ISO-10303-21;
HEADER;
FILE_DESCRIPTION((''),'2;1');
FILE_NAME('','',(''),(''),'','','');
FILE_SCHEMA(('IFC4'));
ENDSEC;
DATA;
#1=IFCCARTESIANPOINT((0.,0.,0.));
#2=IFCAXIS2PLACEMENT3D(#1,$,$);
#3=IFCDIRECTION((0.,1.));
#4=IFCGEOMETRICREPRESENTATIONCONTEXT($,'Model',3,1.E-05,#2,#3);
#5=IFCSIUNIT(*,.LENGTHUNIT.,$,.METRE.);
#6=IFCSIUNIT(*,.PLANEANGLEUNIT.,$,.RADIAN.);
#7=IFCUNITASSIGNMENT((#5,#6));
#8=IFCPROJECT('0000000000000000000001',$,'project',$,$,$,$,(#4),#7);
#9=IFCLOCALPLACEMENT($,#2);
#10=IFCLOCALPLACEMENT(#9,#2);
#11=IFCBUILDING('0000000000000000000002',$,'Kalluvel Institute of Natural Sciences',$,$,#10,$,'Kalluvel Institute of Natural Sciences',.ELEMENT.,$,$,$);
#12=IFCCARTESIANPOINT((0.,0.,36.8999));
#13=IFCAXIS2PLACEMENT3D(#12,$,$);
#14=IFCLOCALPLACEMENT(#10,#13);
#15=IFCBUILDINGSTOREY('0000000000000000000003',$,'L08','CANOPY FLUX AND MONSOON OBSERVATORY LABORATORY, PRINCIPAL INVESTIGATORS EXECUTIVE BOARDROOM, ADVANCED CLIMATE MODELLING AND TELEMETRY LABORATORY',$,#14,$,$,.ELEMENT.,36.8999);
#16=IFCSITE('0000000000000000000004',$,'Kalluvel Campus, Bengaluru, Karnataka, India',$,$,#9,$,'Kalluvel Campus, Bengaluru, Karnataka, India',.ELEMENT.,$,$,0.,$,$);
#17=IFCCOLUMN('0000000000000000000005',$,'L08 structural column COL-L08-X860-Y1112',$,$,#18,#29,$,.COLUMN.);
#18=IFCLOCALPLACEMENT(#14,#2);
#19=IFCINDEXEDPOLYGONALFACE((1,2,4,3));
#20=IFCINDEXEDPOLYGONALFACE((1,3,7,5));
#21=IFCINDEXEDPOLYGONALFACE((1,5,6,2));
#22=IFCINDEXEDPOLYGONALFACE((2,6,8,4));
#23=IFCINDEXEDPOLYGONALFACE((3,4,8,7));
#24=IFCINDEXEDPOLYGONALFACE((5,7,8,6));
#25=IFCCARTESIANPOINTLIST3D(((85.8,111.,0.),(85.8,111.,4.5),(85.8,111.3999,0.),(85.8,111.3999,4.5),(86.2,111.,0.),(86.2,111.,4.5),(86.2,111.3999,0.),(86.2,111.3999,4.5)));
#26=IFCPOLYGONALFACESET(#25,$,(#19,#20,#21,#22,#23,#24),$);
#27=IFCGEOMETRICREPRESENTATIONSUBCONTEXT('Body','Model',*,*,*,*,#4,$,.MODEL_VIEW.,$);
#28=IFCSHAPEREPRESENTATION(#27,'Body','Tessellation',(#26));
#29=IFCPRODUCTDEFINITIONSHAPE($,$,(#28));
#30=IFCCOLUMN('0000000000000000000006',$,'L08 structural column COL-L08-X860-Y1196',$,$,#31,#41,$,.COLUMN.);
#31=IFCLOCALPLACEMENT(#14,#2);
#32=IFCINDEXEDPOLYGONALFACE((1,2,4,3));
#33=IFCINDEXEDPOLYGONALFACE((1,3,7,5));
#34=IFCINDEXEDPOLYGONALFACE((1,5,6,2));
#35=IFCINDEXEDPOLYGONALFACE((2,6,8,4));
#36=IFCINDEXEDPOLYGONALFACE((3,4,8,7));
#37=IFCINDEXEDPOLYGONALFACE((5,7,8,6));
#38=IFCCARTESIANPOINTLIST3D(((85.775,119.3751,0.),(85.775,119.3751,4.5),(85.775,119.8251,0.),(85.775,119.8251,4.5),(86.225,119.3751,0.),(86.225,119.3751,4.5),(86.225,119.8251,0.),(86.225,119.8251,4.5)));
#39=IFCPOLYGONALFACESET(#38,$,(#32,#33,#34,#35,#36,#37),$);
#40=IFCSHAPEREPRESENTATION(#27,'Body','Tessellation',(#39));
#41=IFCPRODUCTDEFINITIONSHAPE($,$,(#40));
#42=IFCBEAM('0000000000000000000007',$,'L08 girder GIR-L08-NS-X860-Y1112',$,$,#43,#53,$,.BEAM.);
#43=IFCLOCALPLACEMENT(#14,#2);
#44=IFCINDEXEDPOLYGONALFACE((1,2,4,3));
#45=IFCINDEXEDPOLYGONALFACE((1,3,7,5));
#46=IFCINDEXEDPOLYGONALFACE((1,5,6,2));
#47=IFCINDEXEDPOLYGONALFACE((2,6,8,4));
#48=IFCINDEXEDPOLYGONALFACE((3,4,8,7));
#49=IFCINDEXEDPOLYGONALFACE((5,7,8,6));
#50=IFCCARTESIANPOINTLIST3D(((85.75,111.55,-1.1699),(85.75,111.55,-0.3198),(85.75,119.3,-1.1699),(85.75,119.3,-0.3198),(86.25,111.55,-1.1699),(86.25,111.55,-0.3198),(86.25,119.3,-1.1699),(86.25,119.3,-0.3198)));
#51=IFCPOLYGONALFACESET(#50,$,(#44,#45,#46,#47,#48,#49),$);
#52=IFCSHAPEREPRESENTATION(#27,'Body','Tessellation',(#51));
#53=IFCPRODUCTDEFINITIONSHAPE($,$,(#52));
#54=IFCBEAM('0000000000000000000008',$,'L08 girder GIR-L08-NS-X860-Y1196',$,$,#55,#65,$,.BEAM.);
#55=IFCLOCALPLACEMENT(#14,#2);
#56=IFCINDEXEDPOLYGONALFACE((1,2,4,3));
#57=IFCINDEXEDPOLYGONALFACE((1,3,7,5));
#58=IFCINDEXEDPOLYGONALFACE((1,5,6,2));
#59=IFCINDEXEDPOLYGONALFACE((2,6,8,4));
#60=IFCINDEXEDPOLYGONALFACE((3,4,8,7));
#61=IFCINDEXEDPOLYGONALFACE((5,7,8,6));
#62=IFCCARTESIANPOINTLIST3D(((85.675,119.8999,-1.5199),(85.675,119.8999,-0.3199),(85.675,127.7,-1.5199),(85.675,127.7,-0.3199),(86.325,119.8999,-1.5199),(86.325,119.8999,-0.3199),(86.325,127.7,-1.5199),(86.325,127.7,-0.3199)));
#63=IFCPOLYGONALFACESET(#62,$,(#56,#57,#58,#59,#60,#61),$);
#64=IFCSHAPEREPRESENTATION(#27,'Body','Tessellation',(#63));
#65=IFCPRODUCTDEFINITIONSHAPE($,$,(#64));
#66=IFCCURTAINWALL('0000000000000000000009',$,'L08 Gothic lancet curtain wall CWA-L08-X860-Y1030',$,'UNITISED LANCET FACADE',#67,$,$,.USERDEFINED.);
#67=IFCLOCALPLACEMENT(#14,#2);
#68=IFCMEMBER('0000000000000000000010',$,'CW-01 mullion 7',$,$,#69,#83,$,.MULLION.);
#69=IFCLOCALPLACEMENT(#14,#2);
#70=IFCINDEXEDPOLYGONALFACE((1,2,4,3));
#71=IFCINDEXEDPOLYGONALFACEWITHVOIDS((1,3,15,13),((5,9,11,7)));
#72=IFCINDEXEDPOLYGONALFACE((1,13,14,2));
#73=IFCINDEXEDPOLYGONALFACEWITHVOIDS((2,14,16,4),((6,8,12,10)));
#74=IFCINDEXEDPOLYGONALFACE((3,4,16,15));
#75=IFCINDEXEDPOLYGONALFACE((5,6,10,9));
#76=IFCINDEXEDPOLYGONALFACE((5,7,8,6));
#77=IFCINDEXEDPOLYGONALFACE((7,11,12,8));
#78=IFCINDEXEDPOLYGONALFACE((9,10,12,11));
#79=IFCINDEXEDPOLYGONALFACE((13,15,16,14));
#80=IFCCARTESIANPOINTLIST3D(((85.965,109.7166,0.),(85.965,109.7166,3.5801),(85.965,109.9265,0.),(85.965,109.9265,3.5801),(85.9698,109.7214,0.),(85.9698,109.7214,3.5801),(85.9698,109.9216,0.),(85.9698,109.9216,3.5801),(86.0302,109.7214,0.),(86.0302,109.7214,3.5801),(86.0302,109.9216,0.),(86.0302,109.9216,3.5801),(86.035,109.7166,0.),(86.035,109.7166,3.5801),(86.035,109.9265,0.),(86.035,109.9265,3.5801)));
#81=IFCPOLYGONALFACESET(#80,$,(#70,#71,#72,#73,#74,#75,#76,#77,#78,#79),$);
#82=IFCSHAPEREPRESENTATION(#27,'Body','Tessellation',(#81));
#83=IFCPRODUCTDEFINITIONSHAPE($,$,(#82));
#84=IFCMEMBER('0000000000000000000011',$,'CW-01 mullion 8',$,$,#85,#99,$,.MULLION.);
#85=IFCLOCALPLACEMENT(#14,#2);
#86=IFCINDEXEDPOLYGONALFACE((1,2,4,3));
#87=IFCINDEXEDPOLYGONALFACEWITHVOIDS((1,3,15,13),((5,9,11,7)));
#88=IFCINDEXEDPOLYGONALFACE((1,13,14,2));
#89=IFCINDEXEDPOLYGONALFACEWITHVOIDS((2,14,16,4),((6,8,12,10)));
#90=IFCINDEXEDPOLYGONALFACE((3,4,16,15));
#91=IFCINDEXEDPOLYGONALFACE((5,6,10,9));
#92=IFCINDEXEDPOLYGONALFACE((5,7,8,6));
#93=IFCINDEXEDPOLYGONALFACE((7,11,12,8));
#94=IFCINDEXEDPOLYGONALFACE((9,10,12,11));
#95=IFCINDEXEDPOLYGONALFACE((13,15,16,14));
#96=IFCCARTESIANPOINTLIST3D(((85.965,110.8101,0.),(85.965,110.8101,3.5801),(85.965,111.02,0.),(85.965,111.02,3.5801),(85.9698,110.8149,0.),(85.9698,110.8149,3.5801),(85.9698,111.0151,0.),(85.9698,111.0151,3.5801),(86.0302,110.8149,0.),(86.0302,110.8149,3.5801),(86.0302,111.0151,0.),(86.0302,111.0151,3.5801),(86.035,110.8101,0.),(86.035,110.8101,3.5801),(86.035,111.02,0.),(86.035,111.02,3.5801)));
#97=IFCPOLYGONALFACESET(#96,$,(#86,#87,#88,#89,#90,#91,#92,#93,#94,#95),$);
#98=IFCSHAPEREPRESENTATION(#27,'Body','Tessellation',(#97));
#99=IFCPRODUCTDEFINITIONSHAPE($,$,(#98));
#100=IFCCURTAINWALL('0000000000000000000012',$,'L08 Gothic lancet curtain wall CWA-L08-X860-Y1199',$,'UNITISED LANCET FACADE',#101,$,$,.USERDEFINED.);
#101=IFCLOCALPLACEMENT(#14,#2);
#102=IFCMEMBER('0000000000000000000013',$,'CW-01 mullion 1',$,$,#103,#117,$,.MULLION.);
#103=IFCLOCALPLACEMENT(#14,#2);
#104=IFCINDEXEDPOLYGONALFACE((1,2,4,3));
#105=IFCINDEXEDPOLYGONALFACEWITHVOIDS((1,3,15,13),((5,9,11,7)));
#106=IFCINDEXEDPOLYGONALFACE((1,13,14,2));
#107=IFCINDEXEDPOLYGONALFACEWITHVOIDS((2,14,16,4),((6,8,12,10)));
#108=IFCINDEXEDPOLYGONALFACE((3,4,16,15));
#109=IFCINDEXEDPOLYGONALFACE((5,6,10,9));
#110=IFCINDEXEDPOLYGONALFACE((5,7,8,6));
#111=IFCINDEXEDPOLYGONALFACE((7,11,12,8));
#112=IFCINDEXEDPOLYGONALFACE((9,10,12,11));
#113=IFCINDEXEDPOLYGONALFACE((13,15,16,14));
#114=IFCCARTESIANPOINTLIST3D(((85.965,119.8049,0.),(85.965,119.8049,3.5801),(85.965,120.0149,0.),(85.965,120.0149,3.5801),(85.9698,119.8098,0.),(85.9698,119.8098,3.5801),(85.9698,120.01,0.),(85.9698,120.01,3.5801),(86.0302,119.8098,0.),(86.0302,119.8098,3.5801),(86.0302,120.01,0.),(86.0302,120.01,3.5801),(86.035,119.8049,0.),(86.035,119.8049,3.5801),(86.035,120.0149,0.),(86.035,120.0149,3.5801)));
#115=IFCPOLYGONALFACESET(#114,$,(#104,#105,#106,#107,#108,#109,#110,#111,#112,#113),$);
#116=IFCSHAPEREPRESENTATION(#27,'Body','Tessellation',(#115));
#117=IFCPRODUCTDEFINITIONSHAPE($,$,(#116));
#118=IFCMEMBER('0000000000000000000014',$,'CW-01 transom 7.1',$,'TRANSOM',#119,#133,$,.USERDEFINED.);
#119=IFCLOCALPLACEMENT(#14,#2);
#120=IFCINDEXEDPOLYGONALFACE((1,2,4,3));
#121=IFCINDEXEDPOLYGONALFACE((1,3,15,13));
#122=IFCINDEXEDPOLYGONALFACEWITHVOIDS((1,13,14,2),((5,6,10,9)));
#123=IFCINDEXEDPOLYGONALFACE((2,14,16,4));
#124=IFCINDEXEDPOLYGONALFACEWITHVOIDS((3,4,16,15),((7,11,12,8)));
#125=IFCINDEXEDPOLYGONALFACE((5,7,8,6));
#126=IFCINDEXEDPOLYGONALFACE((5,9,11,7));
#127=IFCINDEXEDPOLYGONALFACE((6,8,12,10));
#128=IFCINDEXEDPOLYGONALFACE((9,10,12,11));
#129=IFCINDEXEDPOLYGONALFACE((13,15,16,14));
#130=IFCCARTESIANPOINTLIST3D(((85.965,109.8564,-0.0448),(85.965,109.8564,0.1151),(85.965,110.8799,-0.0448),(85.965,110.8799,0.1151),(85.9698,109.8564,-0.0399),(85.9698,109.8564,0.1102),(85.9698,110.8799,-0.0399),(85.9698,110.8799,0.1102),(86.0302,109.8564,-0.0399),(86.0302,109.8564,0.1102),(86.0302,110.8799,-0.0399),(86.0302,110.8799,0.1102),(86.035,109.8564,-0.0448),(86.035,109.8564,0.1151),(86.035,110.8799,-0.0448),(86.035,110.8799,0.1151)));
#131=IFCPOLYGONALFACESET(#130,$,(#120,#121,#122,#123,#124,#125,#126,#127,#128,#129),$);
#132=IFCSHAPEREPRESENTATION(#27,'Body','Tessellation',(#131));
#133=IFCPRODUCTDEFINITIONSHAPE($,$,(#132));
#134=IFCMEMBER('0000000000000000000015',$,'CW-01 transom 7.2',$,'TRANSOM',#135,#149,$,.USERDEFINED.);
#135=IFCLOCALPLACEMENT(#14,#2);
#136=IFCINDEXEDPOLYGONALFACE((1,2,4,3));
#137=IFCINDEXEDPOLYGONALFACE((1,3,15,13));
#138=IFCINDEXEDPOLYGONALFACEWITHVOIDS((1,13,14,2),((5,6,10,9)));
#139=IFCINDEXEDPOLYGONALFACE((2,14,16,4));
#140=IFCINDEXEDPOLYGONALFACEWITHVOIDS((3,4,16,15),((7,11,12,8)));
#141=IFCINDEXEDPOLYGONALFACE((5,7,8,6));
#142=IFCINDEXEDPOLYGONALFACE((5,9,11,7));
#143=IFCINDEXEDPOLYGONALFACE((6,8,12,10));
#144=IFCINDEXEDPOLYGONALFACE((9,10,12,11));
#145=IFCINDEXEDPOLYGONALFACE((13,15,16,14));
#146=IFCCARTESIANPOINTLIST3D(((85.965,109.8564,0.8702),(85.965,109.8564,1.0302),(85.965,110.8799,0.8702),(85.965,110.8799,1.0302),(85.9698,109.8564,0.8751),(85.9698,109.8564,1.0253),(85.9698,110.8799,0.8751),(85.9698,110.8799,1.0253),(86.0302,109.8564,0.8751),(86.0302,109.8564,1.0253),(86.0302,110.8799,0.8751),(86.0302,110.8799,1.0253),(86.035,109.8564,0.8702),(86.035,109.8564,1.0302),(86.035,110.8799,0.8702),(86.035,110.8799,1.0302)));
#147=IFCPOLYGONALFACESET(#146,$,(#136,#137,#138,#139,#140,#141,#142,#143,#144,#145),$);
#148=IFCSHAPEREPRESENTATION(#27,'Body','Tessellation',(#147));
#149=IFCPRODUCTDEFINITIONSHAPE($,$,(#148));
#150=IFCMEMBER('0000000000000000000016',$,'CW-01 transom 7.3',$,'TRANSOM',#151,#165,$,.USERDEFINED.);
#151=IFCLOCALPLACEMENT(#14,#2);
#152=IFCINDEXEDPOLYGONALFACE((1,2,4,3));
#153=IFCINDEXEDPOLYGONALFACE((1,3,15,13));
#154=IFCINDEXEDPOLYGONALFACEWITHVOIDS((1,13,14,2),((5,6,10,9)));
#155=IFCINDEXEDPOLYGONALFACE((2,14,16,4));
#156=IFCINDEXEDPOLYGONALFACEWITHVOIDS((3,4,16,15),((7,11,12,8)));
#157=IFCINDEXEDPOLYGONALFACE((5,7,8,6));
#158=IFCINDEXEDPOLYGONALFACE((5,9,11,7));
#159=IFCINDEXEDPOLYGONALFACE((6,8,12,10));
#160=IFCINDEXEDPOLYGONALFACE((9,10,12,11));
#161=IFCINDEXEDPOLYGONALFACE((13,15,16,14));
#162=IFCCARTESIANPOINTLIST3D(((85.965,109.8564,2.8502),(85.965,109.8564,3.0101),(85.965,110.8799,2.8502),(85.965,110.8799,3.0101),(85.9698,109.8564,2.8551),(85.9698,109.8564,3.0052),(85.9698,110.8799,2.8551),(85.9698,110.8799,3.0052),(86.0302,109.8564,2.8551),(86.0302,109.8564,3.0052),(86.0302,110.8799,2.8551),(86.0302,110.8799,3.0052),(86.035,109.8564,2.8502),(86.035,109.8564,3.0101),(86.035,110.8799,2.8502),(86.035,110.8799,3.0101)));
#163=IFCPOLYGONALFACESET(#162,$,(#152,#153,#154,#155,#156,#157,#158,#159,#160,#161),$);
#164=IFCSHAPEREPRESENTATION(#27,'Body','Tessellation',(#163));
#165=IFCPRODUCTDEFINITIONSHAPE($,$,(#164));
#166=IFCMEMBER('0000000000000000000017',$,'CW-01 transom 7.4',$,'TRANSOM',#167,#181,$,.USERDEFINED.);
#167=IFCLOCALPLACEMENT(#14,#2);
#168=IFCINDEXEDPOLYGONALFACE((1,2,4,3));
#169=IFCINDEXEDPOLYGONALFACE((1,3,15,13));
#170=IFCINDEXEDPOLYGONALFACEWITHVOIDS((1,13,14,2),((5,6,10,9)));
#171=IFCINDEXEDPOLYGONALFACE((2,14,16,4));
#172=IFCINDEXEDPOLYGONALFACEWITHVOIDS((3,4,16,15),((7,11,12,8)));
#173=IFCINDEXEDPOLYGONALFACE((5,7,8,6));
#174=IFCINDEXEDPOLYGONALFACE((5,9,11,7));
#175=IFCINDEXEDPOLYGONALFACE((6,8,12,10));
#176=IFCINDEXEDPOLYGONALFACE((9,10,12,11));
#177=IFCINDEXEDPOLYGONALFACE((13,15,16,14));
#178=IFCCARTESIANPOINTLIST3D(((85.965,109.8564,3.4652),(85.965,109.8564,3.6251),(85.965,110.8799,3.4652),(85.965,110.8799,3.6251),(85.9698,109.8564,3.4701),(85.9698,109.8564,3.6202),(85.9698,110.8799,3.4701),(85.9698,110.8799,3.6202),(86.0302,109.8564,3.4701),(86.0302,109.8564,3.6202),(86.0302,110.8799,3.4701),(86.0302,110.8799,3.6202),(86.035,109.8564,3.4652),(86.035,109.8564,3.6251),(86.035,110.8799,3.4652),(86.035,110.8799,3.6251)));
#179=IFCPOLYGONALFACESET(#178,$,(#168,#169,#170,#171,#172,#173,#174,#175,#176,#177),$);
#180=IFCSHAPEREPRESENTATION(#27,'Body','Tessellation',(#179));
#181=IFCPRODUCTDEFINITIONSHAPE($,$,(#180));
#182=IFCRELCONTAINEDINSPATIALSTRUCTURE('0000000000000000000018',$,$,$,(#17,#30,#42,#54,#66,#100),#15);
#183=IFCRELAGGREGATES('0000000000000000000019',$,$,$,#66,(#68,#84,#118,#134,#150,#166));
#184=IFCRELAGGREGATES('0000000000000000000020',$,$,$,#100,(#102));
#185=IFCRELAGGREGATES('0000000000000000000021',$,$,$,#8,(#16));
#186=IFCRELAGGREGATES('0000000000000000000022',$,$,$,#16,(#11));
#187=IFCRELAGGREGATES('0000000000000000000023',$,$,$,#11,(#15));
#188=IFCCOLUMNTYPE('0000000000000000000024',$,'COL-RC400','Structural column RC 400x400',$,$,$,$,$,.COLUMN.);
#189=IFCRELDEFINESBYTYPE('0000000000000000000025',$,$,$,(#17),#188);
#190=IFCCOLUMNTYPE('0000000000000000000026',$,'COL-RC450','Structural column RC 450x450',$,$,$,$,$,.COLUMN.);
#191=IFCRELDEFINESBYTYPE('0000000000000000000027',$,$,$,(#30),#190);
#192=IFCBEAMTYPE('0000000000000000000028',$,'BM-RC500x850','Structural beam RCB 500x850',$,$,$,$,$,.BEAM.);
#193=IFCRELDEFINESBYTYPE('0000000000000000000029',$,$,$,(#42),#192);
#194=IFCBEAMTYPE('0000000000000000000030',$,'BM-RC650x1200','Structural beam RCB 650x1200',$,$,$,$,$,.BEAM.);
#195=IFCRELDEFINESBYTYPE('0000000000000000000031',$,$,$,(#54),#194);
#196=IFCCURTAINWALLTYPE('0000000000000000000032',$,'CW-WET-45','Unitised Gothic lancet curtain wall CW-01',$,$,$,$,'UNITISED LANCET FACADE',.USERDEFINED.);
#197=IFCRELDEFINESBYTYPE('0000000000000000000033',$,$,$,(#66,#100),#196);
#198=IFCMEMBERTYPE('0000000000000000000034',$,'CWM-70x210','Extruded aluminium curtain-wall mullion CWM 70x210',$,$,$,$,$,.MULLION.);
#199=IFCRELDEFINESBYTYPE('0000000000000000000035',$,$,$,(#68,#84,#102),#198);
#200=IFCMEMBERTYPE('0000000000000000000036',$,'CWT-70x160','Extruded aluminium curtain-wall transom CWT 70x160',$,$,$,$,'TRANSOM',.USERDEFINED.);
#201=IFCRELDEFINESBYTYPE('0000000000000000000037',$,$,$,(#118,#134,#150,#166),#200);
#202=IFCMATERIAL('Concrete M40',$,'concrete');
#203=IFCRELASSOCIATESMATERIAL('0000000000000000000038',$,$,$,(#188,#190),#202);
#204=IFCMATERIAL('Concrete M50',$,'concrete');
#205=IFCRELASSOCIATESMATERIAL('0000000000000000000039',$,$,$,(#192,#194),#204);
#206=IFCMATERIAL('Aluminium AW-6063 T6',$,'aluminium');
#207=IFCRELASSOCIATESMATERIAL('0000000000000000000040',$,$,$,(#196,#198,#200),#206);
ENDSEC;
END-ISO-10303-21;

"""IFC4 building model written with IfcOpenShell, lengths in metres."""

from ifc_helpers import new_model, si_unit, direction, frame, origin, origin_2d, place, context, subcontext, project, spatial, rectangle, hollow_rectangle, extrude, material, material_profile, profile_set, type_object, element, aggregate, save


model = new_model("IFC4")

# Units and contexts
model_context = context("Model", 3, precision=1e-05, world=origin(), true_north=direction((0.0, 1.0)))
body_context = subcontext(model_context, "Body", "Model", "MODEL_VIEW")
ifc_project = project(units=[si_unit("LENGTHUNIT", "METRE"), si_unit("PLANEANGLEUNIT", "RADIAN")], contexts=[model_context])

# Site, building, storey
site_placement = place(None, origin())
site = spatial("IfcSite", under=ifc_project, at=site_placement, Name="Kalluvel Campus, Bengaluru, Karnataka, India", LongName="Kalluvel Campus, Bengaluru, Karnataka, India", CompositionType="ELEMENT", RefElevation=0.0)
building_placement = place(site_placement, origin())
building = spatial("IfcBuilding", under=site, at=building_placement, Name="Kalluvel Institute of Natural Sciences", LongName="Kalluvel Institute of Natural Sciences", CompositionType="ELEMENT")
storey_placement = place(building_placement, frame((0.0, 0.0, 36.8999)))
storey = spatial("IfcBuildingStorey", under=building, at=storey_placement, Name="L08", Description="CANOPY FLUX AND MONSOON OBSERVATORY LABORATORY, PRINCIPAL INVESTIGATORS EXECUTIVE BOARDROOM, ADVANCED CLIMATE MODELLING AND TELEMETRY LABORATORY", CompositionType="ELEMENT", Elevation=36.8999)

# Columns
ifc_material_1 = material(Name="Concrete M40", Category="concrete")
ifc_material_profile_1 = material_profile(ifc_material_1, rectangle(XDim=0.3999, YDim=0.3999, at=origin_2d()), Name="RC 400x400")
ifc_profile_set_1 = profile_set([ifc_material_profile_1], Name="Concrete M40")
column_type_1 = type_object("IfcColumnType", Name="COL-RC400", Description="Structural column RC 400x400", PredefinedType="COLUMN", material=ifc_profile_set_1)
column_1_placement = place(storey_placement, frame((86.0, 111.2, 0.0), z_axis=(0.0, 0.0, 1.0), x_axis=(1.0, 0.0, 0.0)))
element("IfcColumn", 1, at=column_1_placement, inside=storey, type_object=column_type_1, Name="L08 structural column COL-L08-X860-Y1112", PredefinedType="COLUMN", context=body_context, shape_type="SweptSolid", body=[
    extrude(rectangle(XDim=0.3999, YDim=0.3999, at=origin_2d()), origin(), (0.0, 0.0, 1.0), 4.5),
])
ifc_material_profile_2 = material_profile(ifc_material_1, rectangle(XDim=0.45, YDim=0.45, at=origin_2d()), Name="RC 450x450")
ifc_profile_set_2 = profile_set([ifc_material_profile_2], Name="Concrete M40")
column_type_2 = type_object("IfcColumnType", Name="COL-RC450", Description="Structural column RC 450x450", PredefinedType="COLUMN", material=ifc_profile_set_2)
column_2_placement = place(storey_placement, frame((86.0, 119.6001, 0.0), z_axis=(0.0, 0.0, 1.0), x_axis=(1.0, 0.0, 0.0)))
element("IfcColumn", 2, at=column_2_placement, inside=storey, type_object=column_type_2, Name="L08 structural column COL-L08-X860-Y1196", PredefinedType="COLUMN", context=body_context, shape_type="SweptSolid", body=[
    extrude(rectangle(XDim=0.45, YDim=0.45, at=origin_2d()), origin(), (0.0, 0.0, 1.0), 4.5),
])

# Beams
ifc_material_2 = material(Name="Concrete M50", Category="concrete")
ifc_material_profile_3 = material_profile(ifc_material_2, rectangle(XDim=0.5, YDim=0.8501, at=origin_2d()), Name="RCB 500x850")
ifc_profile_set_3 = profile_set([ifc_material_profile_3], Name="Concrete M50")
beam_type_1 = type_object("IfcBeamType", Name="BM-RC500x850", Description="Structural beam RCB 500x850", PredefinedType="BEAM", material=ifc_profile_set_3)
beam_1_placement = place(storey_placement, frame((86.0, 111.55, -0.7449), z_axis=(0.0, 1.0, 0.0), x_axis=(-1.0, 0.0, 0.0)))
element("IfcBeam", 3, at=beam_1_placement, inside=storey, type_object=beam_type_1, Name="L08 girder GIR-L08-NS-X860-Y1112", PredefinedType="BEAM", context=body_context, shape_type="SweptSolid", body=[
    extrude(rectangle(XDim=0.5, YDim=0.8501, at=origin_2d()), origin(), (0.0, 0.0, 1.0), 7.75),
])
ifc_material_profile_4 = material_profile(ifc_material_2, rectangle(XDim=0.6499, YDim=1.2, at=origin_2d()), Name="RCB 650x1200")
ifc_profile_set_4 = profile_set([ifc_material_profile_4], Name="Concrete M50")
beam_type_2 = type_object("IfcBeamType", Name="BM-RC650x1200", Description="Structural beam RCB 650x1200", PredefinedType="BEAM", material=ifc_profile_set_4)
beam_2_placement = place(storey_placement, frame((86.0, 119.8999, -0.9199), z_axis=(0.0, 1.0, 0.0), x_axis=(-1.0, 0.0, 0.0)))
element("IfcBeam", 4, at=beam_2_placement, inside=storey, type_object=beam_type_2, Name="L08 girder GIR-L08-NS-X860-Y1196", PredefinedType="BEAM", context=body_context, shape_type="SweptSolid", body=[
    extrude(rectangle(XDim=0.6499, YDim=1.2, at=origin_2d()), origin(), (0.0, 0.0, 1.0), 7.8),
])

# Curtain wall, members
ifc_material_3 = material(Name="Aluminium AW-6063 T6", Category="aluminium")
curtain_wall_type = type_object("IfcCurtainWallType", Name="CW-WET-45", Description="Unitised Gothic lancet curtain wall CW-01", ElementType="UNITISED LANCET FACADE", PredefinedType="USERDEFINED", material=ifc_material_3)
curtain_wall_1_placement = place(storey_placement, origin())
curtain_wall_1 = element("IfcCurtainWall", 5, at=curtain_wall_1_placement, inside=storey, type_object=curtain_wall_type, Name="L08 Gothic lancet curtain wall CWA-L08-X860-Y1030", ObjectType="UNITISED LANCET FACADE", PredefinedType="USERDEFINED")
ifc_material_profile_5 = material_profile(ifc_material_3, hollow_rectangle(XDim=0.0701, YDim=0.21, WallThickness=0.0049, at=origin_2d()), Name="CWM 70x210")
ifc_profile_set_5 = profile_set([ifc_material_profile_5], Name="Aluminium AW-6063 T6")
member_type_1 = type_object("IfcMemberType", Name="CWM-70x210", Description="Extruded aluminium curtain-wall mullion CWM 70x210", PredefinedType="MULLION", material=ifc_profile_set_5)
member_1_placement = place(storey_placement, frame((86.0, 109.8215, 0.0), z_axis=(0.0, 0.0, 1.0), x_axis=(-1.0, 0.0, 0.0)))
member_1 = element("IfcMember", 6, at=member_1_placement, type_object=member_type_1, Name="CW-01 mullion 7", PredefinedType="MULLION", context=body_context, shape_type="SweptSolid", body=[
    extrude(hollow_rectangle(XDim=0.0701, YDim=0.21, WallThickness=0.0049, at=origin_2d()), origin(), (0.0, 0.0, 1.0), 3.5801),
])
member_2_placement = place(storey_placement, frame((86.0, 110.915, 0.0), z_axis=(0.0, 0.0, 1.0), x_axis=(-1.0, 0.0, 0.0)))
member_2 = element("IfcMember", 7, at=member_2_placement, type_object=member_type_1, Name="CW-01 mullion 8", PredefinedType="MULLION", context=body_context, shape_type="SweptSolid", body=[
    extrude(hollow_rectangle(XDim=0.0701, YDim=0.21, WallThickness=0.0049, at=origin_2d()), origin(), (0.0, 0.0, 1.0), 3.5801),
])

# Curtain wall, member
curtain_wall_2_placement = place(storey_placement, origin())
curtain_wall_2 = element("IfcCurtainWall", 8, at=curtain_wall_2_placement, inside=storey, type_object=curtain_wall_type, Name="L08 Gothic lancet curtain wall CWA-L08-X860-Y1199", ObjectType="UNITISED LANCET FACADE", PredefinedType="USERDEFINED")
member_3_placement = place(storey_placement, frame((86.0, 119.9099, 0.0), z_axis=(0.0, 0.0, 1.0), x_axis=(-1.0, 0.0, 0.0)))
member_3 = element("IfcMember", 9, at=member_3_placement, type_object=member_type_1, Name="CW-01 mullion 1", PredefinedType="MULLION", context=body_context, shape_type="SweptSolid", body=[
    extrude(hollow_rectangle(XDim=0.0701, YDim=0.21, WallThickness=0.0049, at=origin_2d()), origin(), (0.0, 0.0, 1.0), 3.5801),
])

# Members
ifc_material_profile_6 = material_profile(ifc_material_3, hollow_rectangle(XDim=0.0701, YDim=0.1599, WallThickness=0.0049, at=origin_2d()), Name="CWT 70x160")
ifc_profile_set_6 = profile_set([ifc_material_profile_6], Name="Aluminium AW-6063 T6")
member_type_2 = type_object("IfcMemberType", Name="CWT-70x160", Description="Extruded aluminium curtain-wall transom CWT 70x160", ElementType="TRANSOM", PredefinedType="USERDEFINED", material=ifc_profile_set_6)
member_4_placement = place(storey_placement, frame((86.0, 109.8564, 0.0352), z_axis=(0.0, 1.0, 0.0), x_axis=(-1.0, 0.0, 0.0)))
member_4 = element("IfcMember", 10, at=member_4_placement, type_object=member_type_2, Name="CW-01 transom 7.1", ObjectType="TRANSOM", PredefinedType="USERDEFINED", context=body_context, shape_type="SweptSolid", body=[
    extrude(hollow_rectangle(XDim=0.0701, YDim=0.1599, WallThickness=0.0049, at=origin_2d()), origin(), (0.0, 0.0, 1.0), 1.0234),
])
member_5_placement = place(storey_placement, frame((86.0, 109.8564, 0.9502), z_axis=(0.0, 1.0, 0.0), x_axis=(-1.0, 0.0, 0.0)))
member_5 = element("IfcMember", 11, at=member_5_placement, type_object=member_type_2, Name="CW-01 transom 7.2", ObjectType="TRANSOM", PredefinedType="USERDEFINED", context=body_context, shape_type="SweptSolid", body=[
    extrude(hollow_rectangle(XDim=0.0701, YDim=0.1599, WallThickness=0.0049, at=origin_2d()), origin(), (0.0, 0.0, 1.0), 1.0234),
])
member_6_placement = place(storey_placement, frame((86.0, 109.8564, 2.9302), z_axis=(0.0, 1.0, 0.0), x_axis=(-1.0, 0.0, 0.0)))
member_6 = element("IfcMember", 12, at=member_6_placement, type_object=member_type_2, Name="CW-01 transom 7.3", ObjectType="TRANSOM", PredefinedType="USERDEFINED", context=body_context, shape_type="SweptSolid", body=[
    extrude(hollow_rectangle(XDim=0.0701, YDim=0.1599, WallThickness=0.0049, at=origin_2d()), origin(), (0.0, 0.0, 1.0), 1.0234),
])
member_7_placement = place(storey_placement, frame((86.0, 109.8564, 3.5452), z_axis=(0.0, 1.0, 0.0), x_axis=(-1.0, 0.0, 0.0)))
member_7 = element("IfcMember", 13, at=member_7_placement, type_object=member_type_2, Name="CW-01 transom 7.4", ObjectType="TRANSOM", PredefinedType="USERDEFINED", context=body_context, shape_type="SweptSolid", body=[
    extrude(hollow_rectangle(XDim=0.0701, YDim=0.1599, WallThickness=0.0049, at=origin_2d()), origin(), (0.0, 0.0, 1.0), 1.0234),
])

aggregate(curtain_wall_1, [member_1, member_2, member_4, member_5, member_6, member_7])
aggregate(curtain_wall_2, [member_3])

save(model, "model.ifc")
